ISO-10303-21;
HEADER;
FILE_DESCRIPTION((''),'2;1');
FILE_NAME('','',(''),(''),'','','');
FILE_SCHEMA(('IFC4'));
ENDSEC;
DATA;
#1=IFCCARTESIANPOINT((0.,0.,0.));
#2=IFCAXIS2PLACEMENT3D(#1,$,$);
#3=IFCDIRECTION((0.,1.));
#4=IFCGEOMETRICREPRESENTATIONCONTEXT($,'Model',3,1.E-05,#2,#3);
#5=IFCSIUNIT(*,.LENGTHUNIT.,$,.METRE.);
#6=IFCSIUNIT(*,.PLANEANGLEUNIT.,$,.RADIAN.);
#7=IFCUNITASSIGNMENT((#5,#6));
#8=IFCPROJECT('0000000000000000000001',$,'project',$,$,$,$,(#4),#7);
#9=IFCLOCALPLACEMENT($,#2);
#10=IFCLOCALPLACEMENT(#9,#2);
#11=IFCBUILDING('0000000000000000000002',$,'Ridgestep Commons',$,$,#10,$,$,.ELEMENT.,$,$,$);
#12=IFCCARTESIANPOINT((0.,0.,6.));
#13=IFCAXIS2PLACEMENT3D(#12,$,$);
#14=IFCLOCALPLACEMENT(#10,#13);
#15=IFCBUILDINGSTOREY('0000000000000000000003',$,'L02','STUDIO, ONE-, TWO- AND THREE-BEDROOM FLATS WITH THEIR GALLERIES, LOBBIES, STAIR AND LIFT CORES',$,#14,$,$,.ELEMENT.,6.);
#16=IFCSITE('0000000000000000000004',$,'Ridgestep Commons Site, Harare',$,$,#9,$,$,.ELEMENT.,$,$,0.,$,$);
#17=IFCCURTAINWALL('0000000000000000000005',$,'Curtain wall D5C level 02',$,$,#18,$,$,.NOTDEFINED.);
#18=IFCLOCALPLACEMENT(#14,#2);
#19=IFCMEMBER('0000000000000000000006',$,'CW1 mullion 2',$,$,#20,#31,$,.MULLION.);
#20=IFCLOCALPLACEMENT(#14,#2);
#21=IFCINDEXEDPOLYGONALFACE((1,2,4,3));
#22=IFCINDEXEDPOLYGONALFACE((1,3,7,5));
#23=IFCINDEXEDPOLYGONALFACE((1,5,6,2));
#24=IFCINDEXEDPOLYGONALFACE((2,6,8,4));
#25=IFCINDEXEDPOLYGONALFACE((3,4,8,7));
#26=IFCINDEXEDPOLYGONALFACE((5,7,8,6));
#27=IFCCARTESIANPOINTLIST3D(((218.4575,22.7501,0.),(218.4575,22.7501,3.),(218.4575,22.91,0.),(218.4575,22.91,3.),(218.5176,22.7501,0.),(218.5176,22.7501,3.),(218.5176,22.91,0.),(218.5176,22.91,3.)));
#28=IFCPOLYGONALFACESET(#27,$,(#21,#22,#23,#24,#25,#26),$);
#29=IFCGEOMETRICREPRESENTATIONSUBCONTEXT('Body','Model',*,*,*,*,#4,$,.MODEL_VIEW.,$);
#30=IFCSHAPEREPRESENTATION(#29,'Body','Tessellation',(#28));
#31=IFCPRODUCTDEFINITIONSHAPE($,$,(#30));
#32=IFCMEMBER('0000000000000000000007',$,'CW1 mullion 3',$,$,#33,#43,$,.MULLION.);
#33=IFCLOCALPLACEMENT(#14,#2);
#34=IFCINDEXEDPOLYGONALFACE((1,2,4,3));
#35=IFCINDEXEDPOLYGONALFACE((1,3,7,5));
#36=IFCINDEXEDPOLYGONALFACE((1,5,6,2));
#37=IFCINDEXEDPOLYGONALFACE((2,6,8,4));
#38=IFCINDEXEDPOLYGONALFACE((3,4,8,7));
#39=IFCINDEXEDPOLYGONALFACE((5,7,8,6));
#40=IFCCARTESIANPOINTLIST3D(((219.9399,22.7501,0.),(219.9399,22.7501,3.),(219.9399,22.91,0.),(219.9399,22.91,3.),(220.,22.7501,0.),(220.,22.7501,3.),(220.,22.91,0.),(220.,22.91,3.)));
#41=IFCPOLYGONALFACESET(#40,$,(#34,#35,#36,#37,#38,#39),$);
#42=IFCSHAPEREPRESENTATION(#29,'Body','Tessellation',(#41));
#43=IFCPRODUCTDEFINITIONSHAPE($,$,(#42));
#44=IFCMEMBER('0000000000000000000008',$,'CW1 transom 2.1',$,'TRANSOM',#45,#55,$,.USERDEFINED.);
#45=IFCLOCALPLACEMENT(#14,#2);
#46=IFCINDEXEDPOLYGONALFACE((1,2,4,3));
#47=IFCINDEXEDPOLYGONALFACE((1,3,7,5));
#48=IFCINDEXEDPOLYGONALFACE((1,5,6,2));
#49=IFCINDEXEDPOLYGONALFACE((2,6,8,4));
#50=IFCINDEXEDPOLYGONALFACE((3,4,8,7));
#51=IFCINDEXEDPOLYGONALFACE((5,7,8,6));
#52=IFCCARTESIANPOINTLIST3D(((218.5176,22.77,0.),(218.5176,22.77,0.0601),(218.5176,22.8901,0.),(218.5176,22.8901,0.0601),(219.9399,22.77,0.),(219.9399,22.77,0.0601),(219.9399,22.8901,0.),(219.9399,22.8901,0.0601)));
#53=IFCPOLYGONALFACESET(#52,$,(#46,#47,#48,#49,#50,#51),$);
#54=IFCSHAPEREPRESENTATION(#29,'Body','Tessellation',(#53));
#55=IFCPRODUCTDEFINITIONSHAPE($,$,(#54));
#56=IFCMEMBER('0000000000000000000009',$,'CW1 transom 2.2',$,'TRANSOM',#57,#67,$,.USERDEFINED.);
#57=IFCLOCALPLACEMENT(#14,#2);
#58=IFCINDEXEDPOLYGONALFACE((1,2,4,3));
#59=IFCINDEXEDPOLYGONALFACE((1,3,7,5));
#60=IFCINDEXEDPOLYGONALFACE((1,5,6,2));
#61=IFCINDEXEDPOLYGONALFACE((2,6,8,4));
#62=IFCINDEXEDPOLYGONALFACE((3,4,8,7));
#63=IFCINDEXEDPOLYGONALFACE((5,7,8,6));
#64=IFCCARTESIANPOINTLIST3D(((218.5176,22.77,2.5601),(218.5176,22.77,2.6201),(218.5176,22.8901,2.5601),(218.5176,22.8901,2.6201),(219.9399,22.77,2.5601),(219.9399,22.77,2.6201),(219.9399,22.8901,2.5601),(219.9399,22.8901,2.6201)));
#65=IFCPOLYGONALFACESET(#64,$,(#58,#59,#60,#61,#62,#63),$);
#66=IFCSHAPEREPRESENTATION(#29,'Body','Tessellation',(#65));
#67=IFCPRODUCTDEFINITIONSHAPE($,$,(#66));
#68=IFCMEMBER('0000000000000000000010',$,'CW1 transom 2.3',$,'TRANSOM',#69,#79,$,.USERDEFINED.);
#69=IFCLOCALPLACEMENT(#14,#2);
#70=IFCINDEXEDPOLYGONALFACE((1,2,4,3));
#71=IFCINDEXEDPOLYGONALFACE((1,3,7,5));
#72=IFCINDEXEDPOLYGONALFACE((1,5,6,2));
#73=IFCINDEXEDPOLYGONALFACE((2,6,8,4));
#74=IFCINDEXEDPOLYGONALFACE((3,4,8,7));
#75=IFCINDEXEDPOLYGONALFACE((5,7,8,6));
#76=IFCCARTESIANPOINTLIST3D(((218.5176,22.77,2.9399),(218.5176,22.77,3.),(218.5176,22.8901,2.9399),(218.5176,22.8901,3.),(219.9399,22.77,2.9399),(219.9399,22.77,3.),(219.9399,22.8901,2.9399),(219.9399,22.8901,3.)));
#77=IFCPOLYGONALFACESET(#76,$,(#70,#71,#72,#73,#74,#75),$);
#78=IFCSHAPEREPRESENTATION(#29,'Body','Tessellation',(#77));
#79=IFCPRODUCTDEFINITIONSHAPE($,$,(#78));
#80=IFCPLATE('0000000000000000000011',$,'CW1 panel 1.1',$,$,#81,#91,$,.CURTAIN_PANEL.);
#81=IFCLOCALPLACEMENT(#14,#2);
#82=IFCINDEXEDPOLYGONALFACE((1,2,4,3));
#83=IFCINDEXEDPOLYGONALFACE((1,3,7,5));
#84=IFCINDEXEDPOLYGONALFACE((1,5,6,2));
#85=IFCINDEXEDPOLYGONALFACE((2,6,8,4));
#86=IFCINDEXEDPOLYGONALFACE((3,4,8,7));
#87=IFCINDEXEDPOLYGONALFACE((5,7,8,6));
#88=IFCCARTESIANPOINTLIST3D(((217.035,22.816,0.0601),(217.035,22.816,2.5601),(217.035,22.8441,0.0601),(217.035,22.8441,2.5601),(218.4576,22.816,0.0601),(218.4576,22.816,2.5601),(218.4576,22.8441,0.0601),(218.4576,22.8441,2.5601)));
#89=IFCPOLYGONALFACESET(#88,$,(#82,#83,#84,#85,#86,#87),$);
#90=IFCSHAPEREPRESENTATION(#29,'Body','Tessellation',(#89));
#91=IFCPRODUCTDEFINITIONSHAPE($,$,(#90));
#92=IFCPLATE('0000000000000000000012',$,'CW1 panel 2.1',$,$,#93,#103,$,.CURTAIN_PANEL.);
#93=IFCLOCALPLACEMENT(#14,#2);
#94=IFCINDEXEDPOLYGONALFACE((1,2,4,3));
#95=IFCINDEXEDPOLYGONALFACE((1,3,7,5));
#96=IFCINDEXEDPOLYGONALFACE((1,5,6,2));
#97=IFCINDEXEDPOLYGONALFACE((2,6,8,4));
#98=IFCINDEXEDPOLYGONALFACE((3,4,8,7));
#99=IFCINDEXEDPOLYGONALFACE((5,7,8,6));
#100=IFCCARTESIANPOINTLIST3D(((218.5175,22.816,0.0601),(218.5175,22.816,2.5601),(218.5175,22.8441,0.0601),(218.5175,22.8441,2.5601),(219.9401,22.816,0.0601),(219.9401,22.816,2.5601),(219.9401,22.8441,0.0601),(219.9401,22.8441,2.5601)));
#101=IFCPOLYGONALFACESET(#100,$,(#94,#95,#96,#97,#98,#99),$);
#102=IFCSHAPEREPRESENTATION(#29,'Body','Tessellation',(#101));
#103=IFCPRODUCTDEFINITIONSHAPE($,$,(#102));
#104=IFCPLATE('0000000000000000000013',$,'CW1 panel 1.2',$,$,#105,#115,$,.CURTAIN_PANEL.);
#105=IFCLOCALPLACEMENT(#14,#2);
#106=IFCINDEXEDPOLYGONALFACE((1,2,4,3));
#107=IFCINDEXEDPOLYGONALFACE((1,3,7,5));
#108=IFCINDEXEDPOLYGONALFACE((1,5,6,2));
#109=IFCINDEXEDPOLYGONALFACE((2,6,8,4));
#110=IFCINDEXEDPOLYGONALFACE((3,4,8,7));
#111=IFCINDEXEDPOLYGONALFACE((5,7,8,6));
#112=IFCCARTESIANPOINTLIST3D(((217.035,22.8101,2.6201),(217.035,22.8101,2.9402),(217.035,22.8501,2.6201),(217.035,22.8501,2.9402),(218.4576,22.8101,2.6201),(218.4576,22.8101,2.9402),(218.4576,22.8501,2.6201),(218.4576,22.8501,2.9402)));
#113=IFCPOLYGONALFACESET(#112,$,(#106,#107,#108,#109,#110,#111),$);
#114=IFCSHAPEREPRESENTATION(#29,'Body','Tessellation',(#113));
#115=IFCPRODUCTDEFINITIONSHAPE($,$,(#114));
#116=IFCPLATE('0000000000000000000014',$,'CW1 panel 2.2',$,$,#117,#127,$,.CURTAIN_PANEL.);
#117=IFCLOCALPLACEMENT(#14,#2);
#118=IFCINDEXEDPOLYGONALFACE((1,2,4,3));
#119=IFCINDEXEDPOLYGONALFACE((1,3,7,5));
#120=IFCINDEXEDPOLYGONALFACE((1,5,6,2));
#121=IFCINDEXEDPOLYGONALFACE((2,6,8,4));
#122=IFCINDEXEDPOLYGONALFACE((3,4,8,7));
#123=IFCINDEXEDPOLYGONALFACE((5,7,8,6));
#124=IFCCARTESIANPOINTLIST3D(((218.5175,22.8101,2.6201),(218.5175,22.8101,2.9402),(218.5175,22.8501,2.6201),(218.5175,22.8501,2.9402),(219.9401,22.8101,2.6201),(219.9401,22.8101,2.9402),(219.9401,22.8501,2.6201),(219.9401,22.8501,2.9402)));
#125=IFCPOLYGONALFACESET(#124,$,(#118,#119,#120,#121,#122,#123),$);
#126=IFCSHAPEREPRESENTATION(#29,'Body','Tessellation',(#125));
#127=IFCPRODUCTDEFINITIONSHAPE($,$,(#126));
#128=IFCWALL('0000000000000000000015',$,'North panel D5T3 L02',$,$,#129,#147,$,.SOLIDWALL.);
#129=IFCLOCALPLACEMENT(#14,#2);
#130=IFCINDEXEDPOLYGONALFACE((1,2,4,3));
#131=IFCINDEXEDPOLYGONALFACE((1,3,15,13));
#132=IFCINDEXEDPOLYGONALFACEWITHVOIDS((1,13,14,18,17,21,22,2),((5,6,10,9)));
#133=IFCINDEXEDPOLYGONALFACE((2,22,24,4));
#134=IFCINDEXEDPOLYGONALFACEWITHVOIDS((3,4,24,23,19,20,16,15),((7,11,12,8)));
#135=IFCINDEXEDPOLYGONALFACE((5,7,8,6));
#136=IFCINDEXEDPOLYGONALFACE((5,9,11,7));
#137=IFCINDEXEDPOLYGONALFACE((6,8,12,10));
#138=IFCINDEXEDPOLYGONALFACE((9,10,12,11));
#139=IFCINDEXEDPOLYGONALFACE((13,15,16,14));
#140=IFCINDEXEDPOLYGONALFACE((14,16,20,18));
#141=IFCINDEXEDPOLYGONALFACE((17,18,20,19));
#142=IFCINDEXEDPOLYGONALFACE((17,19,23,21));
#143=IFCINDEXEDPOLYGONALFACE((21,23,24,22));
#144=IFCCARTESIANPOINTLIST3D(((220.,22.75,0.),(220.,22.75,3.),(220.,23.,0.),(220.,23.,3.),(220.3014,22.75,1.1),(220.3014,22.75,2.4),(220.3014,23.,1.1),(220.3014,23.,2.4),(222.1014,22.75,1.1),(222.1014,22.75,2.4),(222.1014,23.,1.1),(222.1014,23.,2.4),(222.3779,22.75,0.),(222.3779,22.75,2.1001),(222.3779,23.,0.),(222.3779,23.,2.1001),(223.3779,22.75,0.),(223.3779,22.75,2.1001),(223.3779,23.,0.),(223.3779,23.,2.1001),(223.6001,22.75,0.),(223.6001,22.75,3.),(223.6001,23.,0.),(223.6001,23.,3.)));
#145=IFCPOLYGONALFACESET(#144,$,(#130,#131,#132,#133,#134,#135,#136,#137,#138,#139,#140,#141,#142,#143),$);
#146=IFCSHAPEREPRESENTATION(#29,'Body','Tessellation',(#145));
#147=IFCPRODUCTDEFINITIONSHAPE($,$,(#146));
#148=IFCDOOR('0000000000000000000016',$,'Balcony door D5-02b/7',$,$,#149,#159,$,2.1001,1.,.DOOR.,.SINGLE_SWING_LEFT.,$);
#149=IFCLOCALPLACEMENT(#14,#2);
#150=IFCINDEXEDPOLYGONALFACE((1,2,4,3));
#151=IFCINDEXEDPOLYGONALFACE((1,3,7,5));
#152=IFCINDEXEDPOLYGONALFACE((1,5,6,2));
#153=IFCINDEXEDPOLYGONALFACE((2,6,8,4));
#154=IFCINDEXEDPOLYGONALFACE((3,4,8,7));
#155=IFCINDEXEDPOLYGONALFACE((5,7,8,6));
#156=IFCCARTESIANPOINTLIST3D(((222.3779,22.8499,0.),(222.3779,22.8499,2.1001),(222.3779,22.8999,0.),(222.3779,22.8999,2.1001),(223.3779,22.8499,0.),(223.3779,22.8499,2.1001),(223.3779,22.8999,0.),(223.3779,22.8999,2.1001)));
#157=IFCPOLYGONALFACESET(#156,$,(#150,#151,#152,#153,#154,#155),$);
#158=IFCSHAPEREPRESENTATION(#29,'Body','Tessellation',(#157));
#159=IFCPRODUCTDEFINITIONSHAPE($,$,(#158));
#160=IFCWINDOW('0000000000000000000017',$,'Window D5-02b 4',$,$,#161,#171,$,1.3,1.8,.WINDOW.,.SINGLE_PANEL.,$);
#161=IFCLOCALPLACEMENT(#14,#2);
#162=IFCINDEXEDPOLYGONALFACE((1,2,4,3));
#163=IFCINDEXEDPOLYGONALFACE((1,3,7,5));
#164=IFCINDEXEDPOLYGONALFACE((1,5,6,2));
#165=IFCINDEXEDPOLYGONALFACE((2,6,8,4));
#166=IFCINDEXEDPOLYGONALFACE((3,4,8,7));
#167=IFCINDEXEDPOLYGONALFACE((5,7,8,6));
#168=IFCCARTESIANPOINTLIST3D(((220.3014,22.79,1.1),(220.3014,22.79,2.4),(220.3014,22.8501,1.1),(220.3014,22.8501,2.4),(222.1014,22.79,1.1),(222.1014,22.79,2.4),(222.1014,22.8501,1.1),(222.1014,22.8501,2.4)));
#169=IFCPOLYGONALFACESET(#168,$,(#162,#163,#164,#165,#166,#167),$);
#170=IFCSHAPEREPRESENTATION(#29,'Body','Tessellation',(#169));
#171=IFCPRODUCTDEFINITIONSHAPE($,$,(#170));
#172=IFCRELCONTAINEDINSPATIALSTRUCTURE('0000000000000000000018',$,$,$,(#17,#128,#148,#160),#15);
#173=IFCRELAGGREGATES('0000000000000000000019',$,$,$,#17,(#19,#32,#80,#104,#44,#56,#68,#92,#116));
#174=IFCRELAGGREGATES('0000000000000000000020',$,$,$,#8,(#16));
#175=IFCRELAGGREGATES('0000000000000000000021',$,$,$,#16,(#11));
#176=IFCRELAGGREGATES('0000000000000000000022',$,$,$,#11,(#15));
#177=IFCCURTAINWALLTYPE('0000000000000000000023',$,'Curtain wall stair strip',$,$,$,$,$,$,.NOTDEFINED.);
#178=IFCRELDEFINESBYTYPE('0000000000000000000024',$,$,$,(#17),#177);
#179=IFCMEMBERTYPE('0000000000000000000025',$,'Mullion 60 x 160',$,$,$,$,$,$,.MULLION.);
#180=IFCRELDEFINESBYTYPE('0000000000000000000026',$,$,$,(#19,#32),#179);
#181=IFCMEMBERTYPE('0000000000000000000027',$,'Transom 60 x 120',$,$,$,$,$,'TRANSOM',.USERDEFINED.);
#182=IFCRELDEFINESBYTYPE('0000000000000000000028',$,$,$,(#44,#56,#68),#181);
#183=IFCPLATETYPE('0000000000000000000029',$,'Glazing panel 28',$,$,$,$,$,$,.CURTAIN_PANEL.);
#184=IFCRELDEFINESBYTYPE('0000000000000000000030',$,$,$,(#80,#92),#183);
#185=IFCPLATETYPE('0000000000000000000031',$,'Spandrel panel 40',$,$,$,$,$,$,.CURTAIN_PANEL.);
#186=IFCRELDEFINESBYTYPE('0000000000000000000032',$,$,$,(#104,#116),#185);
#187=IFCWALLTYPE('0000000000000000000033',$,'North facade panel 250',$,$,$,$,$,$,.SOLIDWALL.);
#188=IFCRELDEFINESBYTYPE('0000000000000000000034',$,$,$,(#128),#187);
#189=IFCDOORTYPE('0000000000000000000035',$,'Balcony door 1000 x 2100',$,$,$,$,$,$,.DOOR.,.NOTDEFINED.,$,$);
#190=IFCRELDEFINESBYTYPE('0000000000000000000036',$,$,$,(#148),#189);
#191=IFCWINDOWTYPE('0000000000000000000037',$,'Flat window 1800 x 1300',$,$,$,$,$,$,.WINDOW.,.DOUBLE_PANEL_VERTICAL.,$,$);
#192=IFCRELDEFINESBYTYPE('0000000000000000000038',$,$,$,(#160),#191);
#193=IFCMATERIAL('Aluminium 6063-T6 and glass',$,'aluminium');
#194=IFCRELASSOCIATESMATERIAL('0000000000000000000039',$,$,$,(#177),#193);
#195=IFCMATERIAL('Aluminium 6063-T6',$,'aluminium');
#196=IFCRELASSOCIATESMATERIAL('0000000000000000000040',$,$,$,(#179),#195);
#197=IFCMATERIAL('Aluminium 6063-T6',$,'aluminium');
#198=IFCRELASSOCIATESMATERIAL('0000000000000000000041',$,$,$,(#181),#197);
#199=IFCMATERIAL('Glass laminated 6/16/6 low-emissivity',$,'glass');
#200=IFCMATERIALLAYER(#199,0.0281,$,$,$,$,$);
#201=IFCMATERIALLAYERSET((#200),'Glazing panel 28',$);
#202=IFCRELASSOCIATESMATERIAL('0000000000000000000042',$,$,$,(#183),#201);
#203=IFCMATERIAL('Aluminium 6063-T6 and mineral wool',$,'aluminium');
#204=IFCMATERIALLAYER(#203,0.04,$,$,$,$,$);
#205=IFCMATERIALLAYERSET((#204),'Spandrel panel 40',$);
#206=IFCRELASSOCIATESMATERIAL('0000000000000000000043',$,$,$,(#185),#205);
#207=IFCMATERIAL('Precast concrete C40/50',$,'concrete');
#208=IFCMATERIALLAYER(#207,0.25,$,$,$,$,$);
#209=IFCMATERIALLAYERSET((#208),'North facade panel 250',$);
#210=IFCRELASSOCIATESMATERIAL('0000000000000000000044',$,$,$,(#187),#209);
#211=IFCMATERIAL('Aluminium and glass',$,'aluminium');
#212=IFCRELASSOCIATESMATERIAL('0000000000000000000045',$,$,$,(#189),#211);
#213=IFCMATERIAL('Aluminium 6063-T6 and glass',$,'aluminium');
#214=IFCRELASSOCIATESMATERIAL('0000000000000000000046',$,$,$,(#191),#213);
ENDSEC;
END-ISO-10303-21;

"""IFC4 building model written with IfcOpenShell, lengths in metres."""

from ifc_helpers import new_model, si_unit, direction, frame, frame_2d, origin, origin_2d, place, context, subcontext, project, spatial, rectangle, extrude, material, layer, layer_set, material_profile, profile_set, type_object, element, fill, aggregate, save


model = new_model("IFC4")

# Units and contexts
model_context = context("Model", 3, precision=1e-05, world=origin(), true_north=direction((0.0, 1.0)))
body_context = subcontext(model_context, "Body", "Model", "MODEL_VIEW")
ifc_project = project(units=[si_unit("LENGTHUNIT", "METRE"), si_unit("PLANEANGLEUNIT", "RADIAN")], contexts=[model_context])

# Site, building, storey
site_placement = place(None, origin())
site = spatial("IfcSite", under=ifc_project, at=site_placement, Name="Ridgestep Commons Site, Harare", CompositionType="ELEMENT", RefElevation=0.0)
building_placement = place(site_placement, origin())
building = spatial("IfcBuilding", under=site, at=building_placement, Name="Ridgestep Commons", CompositionType="ELEMENT")
storey_placement = place(building_placement, frame((0.0, 0.0, 6.0)))
storey = spatial("IfcBuildingStorey", under=building, at=storey_placement, Name="L02", Description="STUDIO, ONE-, TWO- AND THREE-BEDROOM FLATS WITH THEIR GALLERIES, LOBBIES, STAIR AND LIFT CORES", CompositionType="ELEMENT", Elevation=6.0)

# Curtain wall, members, plates
ifc_material_1 = material(Name="Aluminium 6063-T6 and glass", Category="aluminium")
curtain_wall_type = type_object("IfcCurtainWallType", Name="Curtain wall stair strip", PredefinedType="NOTDEFINED", material=ifc_material_1)
curtain_wall_placement = place(storey_placement, origin())
curtain_wall = element("IfcCurtainWall", 1, at=curtain_wall_placement, inside=storey, type_object=curtain_wall_type, Name="Curtain wall D5C level 02", PredefinedType="NOTDEFINED")
ifc_material_2 = material(Name="Aluminium 6063-T6", Category="aluminium")
ifc_material_profile_1 = material_profile(ifc_material_2, rectangle(XDim=0.1599, YDim=0.0601, at=origin_2d()), Name="Mullion 60 x 160")
ifc_profile_set_1 = profile_set([ifc_material_profile_1], Name="Aluminium 6063-T6")
member_type_1 = type_object("IfcMemberType", Name="Mullion 60 x 160", PredefinedType="MULLION", material=ifc_profile_set_1)
member_1_placement = place(storey_placement, frame((218.4875, 22.8301, 0.0), z_axis=(0.0, 0.0, 1.0), x_axis=(0.0, 1.0, 0.0)))
member_1 = element("IfcMember", 2, at=member_1_placement, type_object=member_type_1, Name="CW1 mullion 2", PredefinedType="MULLION", context=body_context, shape_type="SweptSolid", body=[
    extrude(rectangle(XDim=0.1599, YDim=0.0601, at=origin_2d()), origin(), (0.0, 0.0, 1.0), 3.0),
])
member_2_placement = place(storey_placement, frame((219.97, 22.8301, 0.0), z_axis=(0.0, 0.0, 1.0), x_axis=(0.0, 1.0, 0.0)))
member_2 = element("IfcMember", 3, at=member_2_placement, type_object=member_type_1, Name="CW1 mullion 3", PredefinedType="MULLION", context=body_context, shape_type="SweptSolid", body=[
    extrude(rectangle(XDim=0.1599, YDim=0.0601, at=origin_2d()), origin(), (0.0, 0.0, 1.0), 3.0),
])
ifc_material_3 = material(Name="Aluminium 6063-T6", Category="aluminium")
ifc_material_profile_2 = material_profile(ifc_material_3, rectangle(XDim=0.1201, YDim=0.0601, at=origin_2d()), Name="Transom 60 x 120")
ifc_profile_set_2 = profile_set([ifc_material_profile_2], Name="Aluminium 6063-T6")
member_type_2 = type_object("IfcMemberType", Name="Transom 60 x 120", ElementType="TRANSOM", PredefinedType="USERDEFINED", material=ifc_profile_set_2)
member_3_placement = place(storey_placement, frame((218.5176, 22.8301, 0.03), z_axis=(1.0, 0.0, 0.0), x_axis=(0.0, 1.0, 0.0)))
member_3 = element("IfcMember", 4, at=member_3_placement, type_object=member_type_2, Name="CW1 transom 2.1", ObjectType="TRANSOM", PredefinedType="USERDEFINED", context=body_context, shape_type="SweptSolid", body=[
    extrude(rectangle(XDim=0.1201, YDim=0.0601, at=origin_2d()), origin(), (0.0, 0.0, 1.0), 1.4224),
])
member_4_placement = place(storey_placement, frame((218.5176, 22.8301, 2.5901), z_axis=(1.0, 0.0, 0.0), x_axis=(0.0, 1.0, 0.0)))
member_4 = element("IfcMember", 5, at=member_4_placement, type_object=member_type_2, Name="CW1 transom 2.2", ObjectType="TRANSOM", PredefinedType="USERDEFINED", context=body_context, shape_type="SweptSolid", body=[
    extrude(rectangle(XDim=0.1201, YDim=0.0601, at=origin_2d()), origin(), (0.0, 0.0, 1.0), 1.4224),
])
member_5_placement = place(storey_placement, frame((218.5176, 22.8301, 2.97), z_axis=(1.0, 0.0, 0.0), x_axis=(0.0, 1.0, 0.0)))
member_5 = element("IfcMember", 6, at=member_5_placement, type_object=member_type_2, Name="CW1 transom 2.3", ObjectType="TRANSOM", PredefinedType="USERDEFINED", context=body_context, shape_type="SweptSolid", body=[
    extrude(rectangle(XDim=0.1201, YDim=0.0601, at=origin_2d()), origin(), (0.0, 0.0, 1.0), 1.4224),
])
ifc_material_4 = material(Name="Glass laminated 6/16/6 low-emissivity", Category="glass")
ifc_layer_1 = layer(ifc_material_4, 0.0281)
ifc_layer_set_1 = layer_set([ifc_layer_1], Name="Glazing panel 28")
plate_type_1 = type_object("IfcPlateType", Name="Glazing panel 28", PredefinedType="CURTAIN_PANEL", material=ifc_layer_set_1)
plate_1_placement = place(storey_placement, frame((217.7463, 22.8301, 0.0601), z_axis=(0.0, 0.0, 1.0), x_axis=(1.0, 0.0, 0.0)))
plate_1 = element("IfcPlate", 7, at=plate_1_placement, type_object=plate_type_1, Name="CW1 panel 1.1", PredefinedType="CURTAIN_PANEL", context=body_context, shape_type="SweptSolid", body=[
    extrude(rectangle(XDim=1.4226, YDim=0.0281, at=origin_2d()), origin(), (0.0, 0.0, 1.0), 2.5),
])
plate_2_placement = place(storey_placement, frame((219.2288, 22.8301, 0.0601), z_axis=(0.0, 0.0, 1.0), x_axis=(1.0, 0.0, 0.0)))
plate_2 = element("IfcPlate", 8, at=plate_2_placement, type_object=plate_type_1, Name="CW1 panel 2.1", PredefinedType="CURTAIN_PANEL", context=body_context, shape_type="SweptSolid", body=[
    extrude(rectangle(XDim=1.4226, YDim=0.0281, at=origin_2d()), origin(), (0.0, 0.0, 1.0), 2.5),
])
ifc_material_5 = material(Name="Aluminium 6063-T6 and mineral wool", Category="aluminium")
ifc_layer_2 = layer(ifc_material_5, 0.04)
ifc_layer_set_2 = layer_set([ifc_layer_2], Name="Spandrel panel 40")
plate_type_2 = type_object("IfcPlateType", Name="Spandrel panel 40", PredefinedType="CURTAIN_PANEL", material=ifc_layer_set_2)
plate_3_placement = place(storey_placement, frame((217.7463, 22.8301, 2.6201), z_axis=(0.0, 0.0, 1.0), x_axis=(1.0, 0.0, 0.0)))
plate_3 = element("IfcPlate", 9, at=plate_3_placement, type_object=plate_type_2, Name="CW1 panel 1.2", PredefinedType="CURTAIN_PANEL", context=body_context, shape_type="SweptSolid", body=[
    extrude(rectangle(XDim=1.4226, YDim=0.04, at=origin_2d()), origin(), (0.0, 0.0, 1.0), 0.3201),
])
plate_4_placement = place(storey_placement, frame((219.2288, 22.8301, 2.6201), z_axis=(0.0, 0.0, 1.0), x_axis=(1.0, 0.0, 0.0)))
plate_4 = element("IfcPlate", 10, at=plate_4_placement, type_object=plate_type_2, Name="CW1 panel 2.2", PredefinedType="CURTAIN_PANEL", context=body_context, shape_type="SweptSolid", body=[
    extrude(rectangle(XDim=1.4226, YDim=0.04, at=origin_2d()), origin(), (0.0, 0.0, 1.0), 0.3201),
])
aggregate(curtain_wall, [member_1, member_2, plate_1, plate_3, member_3, member_4, member_5, plate_2, plate_4])

# Wall, openings, door, window
ifc_material_6 = material(Name="Precast concrete C40/50", Category="concrete")
ifc_layer_3 = layer(ifc_material_6, 0.25)
ifc_layer_set_3 = layer_set([ifc_layer_3], Name="North facade panel 250")
wall_type = type_object("IfcWallType", Name="North facade panel 250", PredefinedType="SOLIDWALL", material=ifc_layer_set_3)
wall_placement = place(storey_placement, frame((220.0, 22.875, 0.0), z_axis=(0.0, 0.0, 1.0), x_axis=(1.0, 0.0, 0.0)))
wall = element("IfcWall", 11, at=wall_placement, inside=storey, type_object=wall_type, Name="North panel D5T3 L02", PredefinedType="SOLIDWALL", context=body_context, shape_type="SweptSolid", body=[
    extrude(rectangle(XDim=3.6001, YDim=0.25, at=frame_2d((1.8, 0.0))), origin(), (0.0, 0.0, 1.0), 3.0),
])
opening_1_placement = place(wall_placement, frame((0.3015, 0.0, 1.1001)))
opening_1 = element("IfcOpeningElement", 12, at=opening_1_placement, cuts=wall, PredefinedType="OPENING", context=body_context, shape_type="SweptSolid", body=[
    extrude(rectangle(XDim=1.8, YDim=1.3, at=frame_2d((0.8999, 0.6499))), frame((0.0, 0.135, 0.0), z_axis=(0.0, -1.0, 0.0), x_axis=(1.0, 0.0, 0.0)), (0.0, 0.0, 1.0), 0.27),
])
opening_2_placement = place(wall_placement, frame((2.3779, 0.0, 0.0)))
opening_2 = element("IfcOpeningElement", 13, at=opening_2_placement, cuts=wall, PredefinedType="OPENING", context=body_context, shape_type="SweptSolid", body=[
    extrude(rectangle(XDim=1.0, YDim=2.1001, at=frame_2d((0.5, 1.05))), frame((0.0, 0.135, 0.0), z_axis=(0.0, -1.0, 0.0), x_axis=(1.0, 0.0, 0.0)), (0.0, 0.0, 1.0), 0.27),
])
ifc_material_7 = material(Name="Aluminium and glass", Category="aluminium")
door_type = type_object("IfcDoorType", Name="Balcony door 1000 x 2100", OperationType="NOTDEFINED", PredefinedType="DOOR", material=ifc_material_7)
door_placement = place(opening_2_placement, origin())
door = element("IfcDoor", 14, at=door_placement, inside=storey, type_object=door_type, Name="Balcony door D5-02b/7", OperationType="SINGLE_SWING_LEFT", OverallHeight=2.1001, OverallWidth=1.0, PredefinedType="DOOR", context=body_context, shape_type="SweptSolid", body=[
    extrude(rectangle(XDim=1.0, YDim=2.1001, at=frame_2d((0.5, 1.05))), frame((0.0, 0.0249, 0.0), z_axis=(0.0, -1.0, 0.0), x_axis=(1.0, 0.0, 0.0)), (0.0, 0.0, 1.0), 0.05),
])
fill(opening_2, door)
ifc_material_8 = material(Name="Aluminium 6063-T6 and glass", Category="aluminium")
window_type = type_object("IfcWindowType", Name="Flat window 1800 x 1300", PartitioningType="DOUBLE_PANEL_VERTICAL", PredefinedType="WINDOW", material=ifc_material_8)
window_placement = place(opening_1_placement, origin())
window = element("IfcWindow", 15, at=window_placement, inside=storey, type_object=window_type, Name="Window D5-02b 4", OverallHeight=1.3, OverallWidth=1.8, PartitioningType="SINGLE_PANEL", PredefinedType="WINDOW", context=body_context, shape_type="SweptSolid", body=[
    extrude(rectangle(XDim=1.8, YDim=1.3, at=frame_2d((0.8999, 0.6499))), frame((0.0, -0.0249, 0.0), z_axis=(0.0, -1.0, 0.0), x_axis=(1.0, 0.0, 0.0)), (0.0, 0.0, 1.0), 0.0601),
])
fill(opening_1, window)

save(model, "model.ifc")
